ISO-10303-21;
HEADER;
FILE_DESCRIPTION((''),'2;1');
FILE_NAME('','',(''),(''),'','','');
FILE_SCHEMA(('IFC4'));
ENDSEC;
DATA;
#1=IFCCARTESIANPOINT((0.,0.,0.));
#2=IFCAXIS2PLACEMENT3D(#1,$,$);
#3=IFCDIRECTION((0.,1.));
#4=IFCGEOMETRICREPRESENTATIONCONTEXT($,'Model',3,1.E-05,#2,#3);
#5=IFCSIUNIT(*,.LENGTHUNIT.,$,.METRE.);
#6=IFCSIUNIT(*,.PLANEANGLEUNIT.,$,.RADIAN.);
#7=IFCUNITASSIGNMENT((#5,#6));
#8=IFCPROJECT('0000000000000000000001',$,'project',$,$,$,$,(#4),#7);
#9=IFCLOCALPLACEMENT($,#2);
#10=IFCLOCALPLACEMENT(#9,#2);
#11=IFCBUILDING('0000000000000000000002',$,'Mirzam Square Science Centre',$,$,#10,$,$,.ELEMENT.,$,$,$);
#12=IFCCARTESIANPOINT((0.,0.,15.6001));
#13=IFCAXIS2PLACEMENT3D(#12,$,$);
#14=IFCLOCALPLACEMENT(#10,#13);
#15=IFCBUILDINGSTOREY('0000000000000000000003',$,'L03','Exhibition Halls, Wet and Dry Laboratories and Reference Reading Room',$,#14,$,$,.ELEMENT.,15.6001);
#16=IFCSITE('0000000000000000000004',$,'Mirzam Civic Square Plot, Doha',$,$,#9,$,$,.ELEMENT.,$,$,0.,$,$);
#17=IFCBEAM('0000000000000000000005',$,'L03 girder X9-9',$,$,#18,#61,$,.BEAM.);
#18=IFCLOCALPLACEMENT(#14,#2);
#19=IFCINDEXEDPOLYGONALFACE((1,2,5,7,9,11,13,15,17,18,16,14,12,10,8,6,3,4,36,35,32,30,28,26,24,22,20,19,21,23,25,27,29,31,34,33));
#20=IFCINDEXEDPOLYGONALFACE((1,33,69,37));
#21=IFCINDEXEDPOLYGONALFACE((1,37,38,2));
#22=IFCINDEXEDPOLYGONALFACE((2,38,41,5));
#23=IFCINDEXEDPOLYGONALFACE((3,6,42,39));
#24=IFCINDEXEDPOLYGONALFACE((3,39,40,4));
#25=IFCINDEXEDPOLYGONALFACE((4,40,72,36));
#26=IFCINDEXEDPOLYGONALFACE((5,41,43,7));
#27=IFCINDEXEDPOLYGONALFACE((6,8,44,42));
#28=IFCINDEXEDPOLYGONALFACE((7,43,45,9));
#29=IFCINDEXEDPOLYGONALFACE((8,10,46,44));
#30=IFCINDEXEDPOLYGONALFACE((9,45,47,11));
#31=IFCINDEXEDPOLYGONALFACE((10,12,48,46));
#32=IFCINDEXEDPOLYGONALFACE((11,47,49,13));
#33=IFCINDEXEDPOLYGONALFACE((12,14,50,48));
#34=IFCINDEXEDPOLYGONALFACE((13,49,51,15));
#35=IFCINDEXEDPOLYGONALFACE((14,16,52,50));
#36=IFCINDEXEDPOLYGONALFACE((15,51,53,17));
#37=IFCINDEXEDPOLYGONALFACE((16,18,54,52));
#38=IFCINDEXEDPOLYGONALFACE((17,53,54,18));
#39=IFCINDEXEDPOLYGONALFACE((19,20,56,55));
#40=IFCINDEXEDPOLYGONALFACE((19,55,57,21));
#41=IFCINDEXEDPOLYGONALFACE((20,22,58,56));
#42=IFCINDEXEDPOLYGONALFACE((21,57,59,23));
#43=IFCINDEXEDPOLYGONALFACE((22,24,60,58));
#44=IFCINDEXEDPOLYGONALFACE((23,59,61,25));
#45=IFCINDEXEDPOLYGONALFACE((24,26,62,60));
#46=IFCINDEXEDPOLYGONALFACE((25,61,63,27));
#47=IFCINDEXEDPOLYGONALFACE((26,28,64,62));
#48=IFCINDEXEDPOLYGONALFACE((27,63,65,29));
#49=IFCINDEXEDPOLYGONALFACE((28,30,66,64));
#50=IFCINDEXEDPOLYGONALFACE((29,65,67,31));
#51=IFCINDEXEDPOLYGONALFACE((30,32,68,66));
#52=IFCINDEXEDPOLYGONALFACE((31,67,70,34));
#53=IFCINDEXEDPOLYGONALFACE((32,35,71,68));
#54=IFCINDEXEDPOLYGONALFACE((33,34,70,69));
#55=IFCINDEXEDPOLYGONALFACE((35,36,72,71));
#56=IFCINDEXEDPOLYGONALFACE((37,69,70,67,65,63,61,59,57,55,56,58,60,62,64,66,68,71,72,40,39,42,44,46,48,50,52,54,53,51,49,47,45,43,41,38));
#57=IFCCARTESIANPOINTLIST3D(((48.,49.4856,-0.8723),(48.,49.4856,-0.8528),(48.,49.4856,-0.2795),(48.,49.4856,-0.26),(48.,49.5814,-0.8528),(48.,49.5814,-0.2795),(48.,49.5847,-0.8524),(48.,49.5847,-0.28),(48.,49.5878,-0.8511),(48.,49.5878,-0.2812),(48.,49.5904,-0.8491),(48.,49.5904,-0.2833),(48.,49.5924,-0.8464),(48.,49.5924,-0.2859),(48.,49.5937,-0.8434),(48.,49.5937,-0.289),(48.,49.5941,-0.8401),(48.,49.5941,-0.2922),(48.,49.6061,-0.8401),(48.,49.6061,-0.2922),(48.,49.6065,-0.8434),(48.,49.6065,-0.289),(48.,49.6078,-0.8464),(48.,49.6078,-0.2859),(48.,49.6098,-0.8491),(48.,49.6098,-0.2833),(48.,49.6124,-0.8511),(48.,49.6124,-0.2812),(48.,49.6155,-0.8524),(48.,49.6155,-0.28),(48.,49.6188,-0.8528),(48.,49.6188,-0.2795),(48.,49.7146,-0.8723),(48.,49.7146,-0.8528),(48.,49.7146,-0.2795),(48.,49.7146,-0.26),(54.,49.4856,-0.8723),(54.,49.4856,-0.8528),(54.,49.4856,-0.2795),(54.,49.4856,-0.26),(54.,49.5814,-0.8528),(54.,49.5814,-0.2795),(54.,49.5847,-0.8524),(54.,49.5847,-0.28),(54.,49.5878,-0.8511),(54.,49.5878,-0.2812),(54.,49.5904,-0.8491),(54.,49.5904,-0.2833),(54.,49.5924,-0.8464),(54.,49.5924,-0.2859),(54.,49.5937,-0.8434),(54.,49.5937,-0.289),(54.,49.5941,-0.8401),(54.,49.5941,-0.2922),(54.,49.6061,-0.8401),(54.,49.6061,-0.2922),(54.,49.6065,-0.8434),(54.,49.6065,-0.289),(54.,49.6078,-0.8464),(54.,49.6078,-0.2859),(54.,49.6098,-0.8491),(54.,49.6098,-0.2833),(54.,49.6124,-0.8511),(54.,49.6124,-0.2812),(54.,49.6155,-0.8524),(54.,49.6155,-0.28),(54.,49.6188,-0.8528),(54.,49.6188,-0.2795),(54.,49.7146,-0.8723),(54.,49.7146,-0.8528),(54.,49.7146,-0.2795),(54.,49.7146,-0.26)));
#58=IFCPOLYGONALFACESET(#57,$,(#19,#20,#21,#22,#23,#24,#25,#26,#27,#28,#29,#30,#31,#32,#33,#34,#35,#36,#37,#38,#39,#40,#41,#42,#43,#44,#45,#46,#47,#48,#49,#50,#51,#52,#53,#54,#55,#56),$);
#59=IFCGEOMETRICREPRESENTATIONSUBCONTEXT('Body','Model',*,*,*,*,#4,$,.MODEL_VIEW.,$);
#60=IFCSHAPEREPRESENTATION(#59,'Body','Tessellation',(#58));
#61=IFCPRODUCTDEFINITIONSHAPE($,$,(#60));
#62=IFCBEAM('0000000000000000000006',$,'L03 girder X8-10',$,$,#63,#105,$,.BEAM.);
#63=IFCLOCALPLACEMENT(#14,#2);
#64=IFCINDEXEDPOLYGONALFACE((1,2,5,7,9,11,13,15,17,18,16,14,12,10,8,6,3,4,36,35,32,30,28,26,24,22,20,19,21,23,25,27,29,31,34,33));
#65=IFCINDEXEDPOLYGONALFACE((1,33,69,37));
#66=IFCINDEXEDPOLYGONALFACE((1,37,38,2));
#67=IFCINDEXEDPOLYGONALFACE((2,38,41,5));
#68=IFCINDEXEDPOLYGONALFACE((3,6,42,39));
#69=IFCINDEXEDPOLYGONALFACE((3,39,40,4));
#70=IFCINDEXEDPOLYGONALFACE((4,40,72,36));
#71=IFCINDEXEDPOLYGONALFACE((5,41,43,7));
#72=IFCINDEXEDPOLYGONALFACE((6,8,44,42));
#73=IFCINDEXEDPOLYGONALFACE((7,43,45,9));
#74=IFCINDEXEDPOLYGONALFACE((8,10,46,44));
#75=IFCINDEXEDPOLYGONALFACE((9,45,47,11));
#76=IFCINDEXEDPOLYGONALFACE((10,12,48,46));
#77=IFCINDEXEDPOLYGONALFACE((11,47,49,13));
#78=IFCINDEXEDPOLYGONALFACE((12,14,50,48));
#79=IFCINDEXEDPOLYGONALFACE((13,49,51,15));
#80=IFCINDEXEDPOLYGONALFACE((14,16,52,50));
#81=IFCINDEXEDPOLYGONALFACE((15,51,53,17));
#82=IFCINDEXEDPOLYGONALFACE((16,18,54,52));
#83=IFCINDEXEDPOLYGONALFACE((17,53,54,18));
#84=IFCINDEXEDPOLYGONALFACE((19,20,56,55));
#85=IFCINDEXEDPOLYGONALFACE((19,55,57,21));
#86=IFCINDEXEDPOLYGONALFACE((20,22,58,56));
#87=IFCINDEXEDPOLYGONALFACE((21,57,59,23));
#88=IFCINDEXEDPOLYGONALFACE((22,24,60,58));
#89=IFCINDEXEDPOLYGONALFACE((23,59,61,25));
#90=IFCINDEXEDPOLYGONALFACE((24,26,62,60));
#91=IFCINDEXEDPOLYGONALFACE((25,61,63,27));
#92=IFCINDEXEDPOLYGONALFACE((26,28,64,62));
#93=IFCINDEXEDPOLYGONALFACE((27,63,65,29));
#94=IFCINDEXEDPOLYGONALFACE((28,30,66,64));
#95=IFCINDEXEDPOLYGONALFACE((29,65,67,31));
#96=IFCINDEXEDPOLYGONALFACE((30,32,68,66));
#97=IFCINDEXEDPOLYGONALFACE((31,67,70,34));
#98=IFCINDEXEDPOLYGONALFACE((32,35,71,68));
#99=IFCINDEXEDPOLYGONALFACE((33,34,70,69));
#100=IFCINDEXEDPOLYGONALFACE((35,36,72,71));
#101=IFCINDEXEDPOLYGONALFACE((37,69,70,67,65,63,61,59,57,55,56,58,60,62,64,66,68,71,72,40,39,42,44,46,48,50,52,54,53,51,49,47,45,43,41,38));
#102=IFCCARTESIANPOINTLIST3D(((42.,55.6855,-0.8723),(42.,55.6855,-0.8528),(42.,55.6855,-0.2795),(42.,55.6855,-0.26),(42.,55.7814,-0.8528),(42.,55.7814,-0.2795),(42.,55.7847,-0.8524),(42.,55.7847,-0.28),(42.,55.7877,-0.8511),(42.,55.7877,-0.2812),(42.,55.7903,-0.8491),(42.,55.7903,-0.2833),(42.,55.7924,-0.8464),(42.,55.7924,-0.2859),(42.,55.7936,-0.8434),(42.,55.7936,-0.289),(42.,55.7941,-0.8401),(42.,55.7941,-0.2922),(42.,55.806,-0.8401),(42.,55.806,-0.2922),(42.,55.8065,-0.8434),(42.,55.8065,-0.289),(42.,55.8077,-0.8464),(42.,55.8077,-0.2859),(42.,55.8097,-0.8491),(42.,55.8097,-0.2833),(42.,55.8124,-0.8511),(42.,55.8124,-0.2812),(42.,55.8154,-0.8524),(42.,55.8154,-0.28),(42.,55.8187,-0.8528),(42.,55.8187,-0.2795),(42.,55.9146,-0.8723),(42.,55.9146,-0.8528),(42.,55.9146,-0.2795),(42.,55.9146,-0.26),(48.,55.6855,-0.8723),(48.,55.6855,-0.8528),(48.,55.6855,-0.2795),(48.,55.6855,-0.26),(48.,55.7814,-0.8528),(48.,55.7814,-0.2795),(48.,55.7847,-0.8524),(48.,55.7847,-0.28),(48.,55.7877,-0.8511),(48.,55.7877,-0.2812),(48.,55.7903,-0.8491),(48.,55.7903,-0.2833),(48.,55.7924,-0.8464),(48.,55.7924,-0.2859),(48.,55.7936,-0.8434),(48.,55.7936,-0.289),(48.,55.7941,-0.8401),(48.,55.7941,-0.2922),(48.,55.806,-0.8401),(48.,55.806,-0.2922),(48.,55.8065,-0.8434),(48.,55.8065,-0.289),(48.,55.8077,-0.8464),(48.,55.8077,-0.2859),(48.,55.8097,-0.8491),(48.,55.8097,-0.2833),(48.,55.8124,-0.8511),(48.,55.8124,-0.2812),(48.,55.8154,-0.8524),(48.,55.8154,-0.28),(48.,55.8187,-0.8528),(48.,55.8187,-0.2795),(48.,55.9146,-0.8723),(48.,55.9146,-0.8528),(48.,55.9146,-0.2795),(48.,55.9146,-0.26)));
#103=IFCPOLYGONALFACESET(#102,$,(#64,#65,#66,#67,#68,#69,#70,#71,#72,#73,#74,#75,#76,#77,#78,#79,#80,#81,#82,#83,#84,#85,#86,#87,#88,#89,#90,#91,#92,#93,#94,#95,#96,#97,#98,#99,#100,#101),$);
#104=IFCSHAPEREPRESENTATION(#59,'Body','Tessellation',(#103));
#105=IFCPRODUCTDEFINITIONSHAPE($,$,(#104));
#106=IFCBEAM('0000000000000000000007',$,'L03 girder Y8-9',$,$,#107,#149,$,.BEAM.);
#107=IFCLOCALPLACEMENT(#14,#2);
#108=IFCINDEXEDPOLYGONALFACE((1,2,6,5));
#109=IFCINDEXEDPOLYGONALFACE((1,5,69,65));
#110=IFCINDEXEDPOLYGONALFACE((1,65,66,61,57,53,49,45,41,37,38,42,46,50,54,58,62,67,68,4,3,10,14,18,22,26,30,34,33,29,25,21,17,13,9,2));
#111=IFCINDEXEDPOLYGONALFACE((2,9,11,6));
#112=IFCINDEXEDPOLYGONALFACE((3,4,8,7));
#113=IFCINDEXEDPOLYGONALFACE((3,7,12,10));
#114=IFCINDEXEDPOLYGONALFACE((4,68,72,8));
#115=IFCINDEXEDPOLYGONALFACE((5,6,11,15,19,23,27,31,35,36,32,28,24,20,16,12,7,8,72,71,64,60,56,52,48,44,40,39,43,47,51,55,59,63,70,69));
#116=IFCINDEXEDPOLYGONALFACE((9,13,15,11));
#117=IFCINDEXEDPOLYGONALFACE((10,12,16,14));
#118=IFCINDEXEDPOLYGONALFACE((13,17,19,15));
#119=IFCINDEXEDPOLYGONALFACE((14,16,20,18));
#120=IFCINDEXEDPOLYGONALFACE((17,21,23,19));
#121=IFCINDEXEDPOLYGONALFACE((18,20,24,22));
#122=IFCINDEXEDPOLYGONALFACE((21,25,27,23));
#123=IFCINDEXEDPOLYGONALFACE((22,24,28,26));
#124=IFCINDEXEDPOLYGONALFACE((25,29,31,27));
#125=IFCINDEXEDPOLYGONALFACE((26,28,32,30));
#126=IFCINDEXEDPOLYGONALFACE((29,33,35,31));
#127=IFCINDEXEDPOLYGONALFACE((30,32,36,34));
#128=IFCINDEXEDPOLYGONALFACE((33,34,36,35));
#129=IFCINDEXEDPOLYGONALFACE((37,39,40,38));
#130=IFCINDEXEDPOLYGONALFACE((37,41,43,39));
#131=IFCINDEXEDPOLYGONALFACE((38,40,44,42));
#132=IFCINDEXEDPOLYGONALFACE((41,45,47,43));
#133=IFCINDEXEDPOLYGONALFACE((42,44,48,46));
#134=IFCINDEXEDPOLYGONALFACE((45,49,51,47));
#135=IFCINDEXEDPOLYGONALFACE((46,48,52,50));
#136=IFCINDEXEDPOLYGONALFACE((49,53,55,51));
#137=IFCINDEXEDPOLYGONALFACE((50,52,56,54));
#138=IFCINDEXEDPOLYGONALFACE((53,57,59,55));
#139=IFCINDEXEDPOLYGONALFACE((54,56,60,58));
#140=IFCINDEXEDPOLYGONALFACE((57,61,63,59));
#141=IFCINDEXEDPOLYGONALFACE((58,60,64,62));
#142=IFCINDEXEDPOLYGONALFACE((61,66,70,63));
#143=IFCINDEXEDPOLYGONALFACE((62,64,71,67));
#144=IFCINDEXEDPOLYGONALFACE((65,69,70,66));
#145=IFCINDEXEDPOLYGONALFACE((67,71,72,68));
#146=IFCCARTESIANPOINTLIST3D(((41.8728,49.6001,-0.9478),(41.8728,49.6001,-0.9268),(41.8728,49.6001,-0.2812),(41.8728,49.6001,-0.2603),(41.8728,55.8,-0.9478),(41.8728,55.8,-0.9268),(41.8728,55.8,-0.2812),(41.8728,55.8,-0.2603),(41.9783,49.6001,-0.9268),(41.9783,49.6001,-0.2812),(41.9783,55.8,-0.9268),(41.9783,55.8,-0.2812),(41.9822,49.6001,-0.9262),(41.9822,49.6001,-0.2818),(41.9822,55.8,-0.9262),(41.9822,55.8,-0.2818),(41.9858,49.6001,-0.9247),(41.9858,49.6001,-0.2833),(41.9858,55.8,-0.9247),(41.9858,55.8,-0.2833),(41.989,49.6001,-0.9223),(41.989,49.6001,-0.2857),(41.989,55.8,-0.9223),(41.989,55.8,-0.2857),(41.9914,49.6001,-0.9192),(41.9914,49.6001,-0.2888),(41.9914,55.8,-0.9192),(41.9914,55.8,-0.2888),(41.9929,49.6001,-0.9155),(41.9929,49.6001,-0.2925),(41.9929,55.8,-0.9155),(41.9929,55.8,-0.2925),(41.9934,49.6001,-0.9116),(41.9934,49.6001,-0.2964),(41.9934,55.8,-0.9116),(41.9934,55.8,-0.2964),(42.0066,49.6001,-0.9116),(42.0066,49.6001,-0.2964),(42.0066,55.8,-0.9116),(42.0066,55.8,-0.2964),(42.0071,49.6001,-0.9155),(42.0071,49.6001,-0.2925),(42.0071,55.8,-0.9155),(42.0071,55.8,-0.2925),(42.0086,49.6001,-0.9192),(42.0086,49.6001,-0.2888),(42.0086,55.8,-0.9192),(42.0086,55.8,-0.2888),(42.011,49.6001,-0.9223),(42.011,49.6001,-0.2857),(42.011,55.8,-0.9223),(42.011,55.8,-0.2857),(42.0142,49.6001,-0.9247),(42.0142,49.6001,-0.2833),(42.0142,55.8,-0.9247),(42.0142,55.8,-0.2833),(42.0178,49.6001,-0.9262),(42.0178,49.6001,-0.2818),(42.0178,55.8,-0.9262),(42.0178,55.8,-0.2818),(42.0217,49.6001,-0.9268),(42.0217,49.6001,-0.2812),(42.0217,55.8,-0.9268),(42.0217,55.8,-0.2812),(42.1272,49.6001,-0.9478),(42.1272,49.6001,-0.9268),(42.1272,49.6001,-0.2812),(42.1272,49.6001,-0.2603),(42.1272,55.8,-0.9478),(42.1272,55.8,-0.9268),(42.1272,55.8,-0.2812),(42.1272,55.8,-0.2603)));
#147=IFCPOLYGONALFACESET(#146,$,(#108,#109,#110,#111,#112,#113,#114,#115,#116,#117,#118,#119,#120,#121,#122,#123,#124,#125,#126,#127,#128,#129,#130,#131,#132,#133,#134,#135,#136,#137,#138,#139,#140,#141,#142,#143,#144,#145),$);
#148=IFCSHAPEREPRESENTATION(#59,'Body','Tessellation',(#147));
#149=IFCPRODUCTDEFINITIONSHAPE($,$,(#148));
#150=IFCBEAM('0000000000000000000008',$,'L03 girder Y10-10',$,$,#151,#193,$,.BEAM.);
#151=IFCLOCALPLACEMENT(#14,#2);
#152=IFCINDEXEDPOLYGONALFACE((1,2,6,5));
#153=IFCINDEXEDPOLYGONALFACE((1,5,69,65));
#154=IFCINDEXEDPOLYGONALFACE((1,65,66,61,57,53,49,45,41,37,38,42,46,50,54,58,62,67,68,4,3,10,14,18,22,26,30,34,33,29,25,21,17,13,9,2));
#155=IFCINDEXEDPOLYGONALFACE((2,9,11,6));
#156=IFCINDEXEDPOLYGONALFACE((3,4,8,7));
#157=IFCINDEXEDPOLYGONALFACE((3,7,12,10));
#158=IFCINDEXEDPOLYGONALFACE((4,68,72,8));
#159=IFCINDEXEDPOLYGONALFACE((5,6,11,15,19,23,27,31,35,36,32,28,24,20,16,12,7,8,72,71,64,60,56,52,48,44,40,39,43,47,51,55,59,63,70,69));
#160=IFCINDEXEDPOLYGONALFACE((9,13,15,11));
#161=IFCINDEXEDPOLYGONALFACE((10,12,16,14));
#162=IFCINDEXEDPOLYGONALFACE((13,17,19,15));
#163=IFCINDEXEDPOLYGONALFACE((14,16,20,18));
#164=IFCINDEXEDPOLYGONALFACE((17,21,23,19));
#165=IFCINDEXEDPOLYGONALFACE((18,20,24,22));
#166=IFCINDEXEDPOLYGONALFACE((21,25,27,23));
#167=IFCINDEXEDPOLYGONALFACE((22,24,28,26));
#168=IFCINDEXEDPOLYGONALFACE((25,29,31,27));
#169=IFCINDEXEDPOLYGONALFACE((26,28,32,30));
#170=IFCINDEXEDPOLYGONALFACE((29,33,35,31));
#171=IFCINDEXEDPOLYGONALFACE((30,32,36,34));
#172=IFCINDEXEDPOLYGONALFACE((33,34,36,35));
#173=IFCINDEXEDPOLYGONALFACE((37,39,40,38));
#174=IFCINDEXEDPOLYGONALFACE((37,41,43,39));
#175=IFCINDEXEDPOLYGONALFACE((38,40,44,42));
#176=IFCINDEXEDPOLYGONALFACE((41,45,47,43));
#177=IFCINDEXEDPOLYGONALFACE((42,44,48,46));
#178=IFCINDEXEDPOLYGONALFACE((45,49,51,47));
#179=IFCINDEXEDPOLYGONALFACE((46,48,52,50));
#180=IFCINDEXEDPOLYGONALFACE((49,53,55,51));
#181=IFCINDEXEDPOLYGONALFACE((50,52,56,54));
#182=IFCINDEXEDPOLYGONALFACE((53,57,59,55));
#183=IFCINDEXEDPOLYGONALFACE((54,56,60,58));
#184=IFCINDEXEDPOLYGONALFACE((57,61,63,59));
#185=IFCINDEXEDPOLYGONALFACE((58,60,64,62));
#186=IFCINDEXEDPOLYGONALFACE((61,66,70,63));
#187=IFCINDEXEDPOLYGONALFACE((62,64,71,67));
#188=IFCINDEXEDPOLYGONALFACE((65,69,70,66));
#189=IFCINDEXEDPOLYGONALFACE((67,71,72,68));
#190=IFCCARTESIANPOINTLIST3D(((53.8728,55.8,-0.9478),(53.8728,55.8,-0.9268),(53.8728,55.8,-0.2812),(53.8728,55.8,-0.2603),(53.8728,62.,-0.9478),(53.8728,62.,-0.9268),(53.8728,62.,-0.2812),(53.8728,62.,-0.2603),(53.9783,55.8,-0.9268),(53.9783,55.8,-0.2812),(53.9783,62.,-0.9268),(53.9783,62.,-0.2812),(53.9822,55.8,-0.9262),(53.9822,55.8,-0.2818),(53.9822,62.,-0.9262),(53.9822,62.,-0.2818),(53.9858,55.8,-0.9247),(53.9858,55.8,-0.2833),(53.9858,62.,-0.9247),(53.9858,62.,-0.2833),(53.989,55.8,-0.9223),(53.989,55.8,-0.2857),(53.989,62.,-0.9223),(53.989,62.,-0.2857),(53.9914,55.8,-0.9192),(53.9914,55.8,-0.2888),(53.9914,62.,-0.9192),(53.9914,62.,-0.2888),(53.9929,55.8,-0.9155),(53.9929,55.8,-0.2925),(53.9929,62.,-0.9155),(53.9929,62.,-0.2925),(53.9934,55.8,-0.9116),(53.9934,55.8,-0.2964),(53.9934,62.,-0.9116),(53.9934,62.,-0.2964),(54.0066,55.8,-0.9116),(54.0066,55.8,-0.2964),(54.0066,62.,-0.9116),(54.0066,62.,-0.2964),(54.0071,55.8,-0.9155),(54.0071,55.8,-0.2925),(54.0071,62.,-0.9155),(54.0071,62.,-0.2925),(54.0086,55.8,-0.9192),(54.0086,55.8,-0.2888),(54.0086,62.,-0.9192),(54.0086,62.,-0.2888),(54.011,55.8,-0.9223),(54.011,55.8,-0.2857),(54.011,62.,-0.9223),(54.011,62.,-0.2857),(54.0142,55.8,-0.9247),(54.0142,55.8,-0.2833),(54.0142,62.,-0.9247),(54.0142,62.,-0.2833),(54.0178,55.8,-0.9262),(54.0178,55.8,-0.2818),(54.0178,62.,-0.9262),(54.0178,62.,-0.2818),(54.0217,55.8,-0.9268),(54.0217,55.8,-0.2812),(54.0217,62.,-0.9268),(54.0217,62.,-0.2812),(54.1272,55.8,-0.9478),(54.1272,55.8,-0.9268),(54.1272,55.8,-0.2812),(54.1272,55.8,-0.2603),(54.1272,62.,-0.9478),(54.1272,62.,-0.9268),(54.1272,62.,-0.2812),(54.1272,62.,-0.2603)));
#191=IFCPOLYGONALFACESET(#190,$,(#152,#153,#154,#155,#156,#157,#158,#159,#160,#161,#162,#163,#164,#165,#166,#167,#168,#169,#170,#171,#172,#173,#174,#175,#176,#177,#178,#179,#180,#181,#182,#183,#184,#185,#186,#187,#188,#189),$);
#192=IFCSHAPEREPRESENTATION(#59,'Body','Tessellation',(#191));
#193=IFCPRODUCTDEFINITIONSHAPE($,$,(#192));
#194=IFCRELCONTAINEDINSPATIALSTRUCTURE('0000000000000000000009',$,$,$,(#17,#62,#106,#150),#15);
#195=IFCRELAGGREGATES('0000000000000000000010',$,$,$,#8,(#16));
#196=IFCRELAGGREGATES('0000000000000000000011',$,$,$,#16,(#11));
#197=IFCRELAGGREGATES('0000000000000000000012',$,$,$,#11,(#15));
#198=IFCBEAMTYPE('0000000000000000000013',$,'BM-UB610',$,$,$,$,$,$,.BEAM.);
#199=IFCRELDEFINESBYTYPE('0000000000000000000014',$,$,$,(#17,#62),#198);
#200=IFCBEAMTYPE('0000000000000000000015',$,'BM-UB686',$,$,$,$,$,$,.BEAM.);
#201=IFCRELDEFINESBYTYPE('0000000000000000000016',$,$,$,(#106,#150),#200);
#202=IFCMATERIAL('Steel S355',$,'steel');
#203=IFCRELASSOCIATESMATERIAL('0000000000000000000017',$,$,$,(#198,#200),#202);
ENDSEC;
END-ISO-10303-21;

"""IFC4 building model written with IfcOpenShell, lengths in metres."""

from ifc_helpers import new_model, si_unit, direction, frame, origin, origin_2d, place, context, subcontext, project, spatial, i_section, extrude, material, material_profile, profile_set, type_object, element, save


model = new_model("IFC4")

# Units and contexts
model_context = context("Model", 3, precision=1e-05, world=origin(), true_north=direction((0.0, 1.0)))
body_context = subcontext(model_context, "Body", "Model", "MODEL_VIEW")
ifc_project = project(units=[si_unit("LENGTHUNIT", "METRE"), si_unit("PLANEANGLEUNIT", "RADIAN")], contexts=[model_context])

# Site, building, storey
site_placement = place(None, origin())
site = spatial("IfcSite", under=ifc_project, at=site_placement, Name="Mirzam Civic Square Plot, Doha", CompositionType="ELEMENT", RefElevation=0.0)
building_placement = place(site_placement, origin())
building = spatial("IfcBuilding", under=site, at=building_placement, Name="Mirzam Square Science Centre", CompositionType="ELEMENT")
storey_placement = place(building_placement, frame((0.0, 0.0, 15.6001)))
storey = spatial("IfcBuildingStorey", under=building, at=storey_placement, Name="L03", Description="Exhibition Halls, Wet and Dry Laboratories and Reference Reading Room", CompositionType="ELEMENT", Elevation=15.6001)

# Shared definitions
ifc_material_1 = material(Name="Steel S355", Category="steel")

# Beams
ifc_material_profile_1 = material_profile(ifc_material_1, i_section(OverallWidth=0.229, OverallDepth=0.6123, WebThickness=0.012, FlangeThickness=0.0195, FilletRadius=0.0127, at=origin_2d()), Name="610x229x125UB")
ifc_profile_set_1 = profile_set([ifc_material_profile_1], Name="Steel S355")
beam_type_1 = type_object("IfcBeamType", Name="BM-UB610", PredefinedType="BEAM", material=ifc_profile_set_1)
for number, where, z_axis, x_axis, name in (
    (1, (48.0, 49.6001, -0.5662), (1.0, 0.0, 0.0), (0.0, 1.0, 0.0), "L03 girder X9-9"),
    (2, (42.0, 55.8, -0.5662), (1.0, 0.0, 0.0), (0.0, 1.0, 0.0), "L03 girder X8-10"),
):
    element("IfcBeam", number, at=place(storey_placement, frame(where, z_axis=z_axis, x_axis=x_axis)), inside=storey, type_object=beam_type_1, Name=name, PredefinedType="BEAM", context=body_context, shape_type="SweptSolid", body=[
        extrude(i_section(OverallWidth=0.229, OverallDepth=0.6123, WebThickness=0.012, FlangeThickness=0.0195, FilletRadius=0.0127, at=origin_2d()), origin(), (0.0, 0.0, 1.0), 6.0),
    ])
ifc_material_profile_2 = material_profile(ifc_material_1, i_section(OverallWidth=0.2544, OverallDepth=0.6875, WebThickness=0.0132, FlangeThickness=0.021, FilletRadius=0.0151, at=origin_2d()), Name="686x254x152UB")
ifc_profile_set_2 = profile_set([ifc_material_profile_2], Name="Steel S355")
beam_type_2 = type_object("IfcBeamType", Name="BM-UB686", PredefinedType="BEAM", material=ifc_profile_set_2)
for number, where, z_axis, x_axis, name in (
    (3, (42.0, 49.6001, -0.604), (0.0, 1.0, 0.0), (-1.0, 0.0, 0.0), "L03 girder Y8-9"),
    (4, (54.0, 55.8, -0.604), (0.0, 1.0, 0.0), (-1.0, 0.0, 0.0), "L03 girder Y10-10"),
):
    element("IfcBeam", number, at=place(storey_placement, frame(where, z_axis=z_axis, x_axis=x_axis)), inside=storey, type_object=beam_type_2, Name=name, PredefinedType="BEAM", context=body_context, shape_type="SweptSolid", body=[
        extrude(i_section(OverallWidth=0.2544, OverallDepth=0.6875, WebThickness=0.0132, FlangeThickness=0.021, FilletRadius=0.0151, at=origin_2d()), origin(), (0.0, 0.0, 1.0), 6.2),
    ])

save(model, "model.ifc")
